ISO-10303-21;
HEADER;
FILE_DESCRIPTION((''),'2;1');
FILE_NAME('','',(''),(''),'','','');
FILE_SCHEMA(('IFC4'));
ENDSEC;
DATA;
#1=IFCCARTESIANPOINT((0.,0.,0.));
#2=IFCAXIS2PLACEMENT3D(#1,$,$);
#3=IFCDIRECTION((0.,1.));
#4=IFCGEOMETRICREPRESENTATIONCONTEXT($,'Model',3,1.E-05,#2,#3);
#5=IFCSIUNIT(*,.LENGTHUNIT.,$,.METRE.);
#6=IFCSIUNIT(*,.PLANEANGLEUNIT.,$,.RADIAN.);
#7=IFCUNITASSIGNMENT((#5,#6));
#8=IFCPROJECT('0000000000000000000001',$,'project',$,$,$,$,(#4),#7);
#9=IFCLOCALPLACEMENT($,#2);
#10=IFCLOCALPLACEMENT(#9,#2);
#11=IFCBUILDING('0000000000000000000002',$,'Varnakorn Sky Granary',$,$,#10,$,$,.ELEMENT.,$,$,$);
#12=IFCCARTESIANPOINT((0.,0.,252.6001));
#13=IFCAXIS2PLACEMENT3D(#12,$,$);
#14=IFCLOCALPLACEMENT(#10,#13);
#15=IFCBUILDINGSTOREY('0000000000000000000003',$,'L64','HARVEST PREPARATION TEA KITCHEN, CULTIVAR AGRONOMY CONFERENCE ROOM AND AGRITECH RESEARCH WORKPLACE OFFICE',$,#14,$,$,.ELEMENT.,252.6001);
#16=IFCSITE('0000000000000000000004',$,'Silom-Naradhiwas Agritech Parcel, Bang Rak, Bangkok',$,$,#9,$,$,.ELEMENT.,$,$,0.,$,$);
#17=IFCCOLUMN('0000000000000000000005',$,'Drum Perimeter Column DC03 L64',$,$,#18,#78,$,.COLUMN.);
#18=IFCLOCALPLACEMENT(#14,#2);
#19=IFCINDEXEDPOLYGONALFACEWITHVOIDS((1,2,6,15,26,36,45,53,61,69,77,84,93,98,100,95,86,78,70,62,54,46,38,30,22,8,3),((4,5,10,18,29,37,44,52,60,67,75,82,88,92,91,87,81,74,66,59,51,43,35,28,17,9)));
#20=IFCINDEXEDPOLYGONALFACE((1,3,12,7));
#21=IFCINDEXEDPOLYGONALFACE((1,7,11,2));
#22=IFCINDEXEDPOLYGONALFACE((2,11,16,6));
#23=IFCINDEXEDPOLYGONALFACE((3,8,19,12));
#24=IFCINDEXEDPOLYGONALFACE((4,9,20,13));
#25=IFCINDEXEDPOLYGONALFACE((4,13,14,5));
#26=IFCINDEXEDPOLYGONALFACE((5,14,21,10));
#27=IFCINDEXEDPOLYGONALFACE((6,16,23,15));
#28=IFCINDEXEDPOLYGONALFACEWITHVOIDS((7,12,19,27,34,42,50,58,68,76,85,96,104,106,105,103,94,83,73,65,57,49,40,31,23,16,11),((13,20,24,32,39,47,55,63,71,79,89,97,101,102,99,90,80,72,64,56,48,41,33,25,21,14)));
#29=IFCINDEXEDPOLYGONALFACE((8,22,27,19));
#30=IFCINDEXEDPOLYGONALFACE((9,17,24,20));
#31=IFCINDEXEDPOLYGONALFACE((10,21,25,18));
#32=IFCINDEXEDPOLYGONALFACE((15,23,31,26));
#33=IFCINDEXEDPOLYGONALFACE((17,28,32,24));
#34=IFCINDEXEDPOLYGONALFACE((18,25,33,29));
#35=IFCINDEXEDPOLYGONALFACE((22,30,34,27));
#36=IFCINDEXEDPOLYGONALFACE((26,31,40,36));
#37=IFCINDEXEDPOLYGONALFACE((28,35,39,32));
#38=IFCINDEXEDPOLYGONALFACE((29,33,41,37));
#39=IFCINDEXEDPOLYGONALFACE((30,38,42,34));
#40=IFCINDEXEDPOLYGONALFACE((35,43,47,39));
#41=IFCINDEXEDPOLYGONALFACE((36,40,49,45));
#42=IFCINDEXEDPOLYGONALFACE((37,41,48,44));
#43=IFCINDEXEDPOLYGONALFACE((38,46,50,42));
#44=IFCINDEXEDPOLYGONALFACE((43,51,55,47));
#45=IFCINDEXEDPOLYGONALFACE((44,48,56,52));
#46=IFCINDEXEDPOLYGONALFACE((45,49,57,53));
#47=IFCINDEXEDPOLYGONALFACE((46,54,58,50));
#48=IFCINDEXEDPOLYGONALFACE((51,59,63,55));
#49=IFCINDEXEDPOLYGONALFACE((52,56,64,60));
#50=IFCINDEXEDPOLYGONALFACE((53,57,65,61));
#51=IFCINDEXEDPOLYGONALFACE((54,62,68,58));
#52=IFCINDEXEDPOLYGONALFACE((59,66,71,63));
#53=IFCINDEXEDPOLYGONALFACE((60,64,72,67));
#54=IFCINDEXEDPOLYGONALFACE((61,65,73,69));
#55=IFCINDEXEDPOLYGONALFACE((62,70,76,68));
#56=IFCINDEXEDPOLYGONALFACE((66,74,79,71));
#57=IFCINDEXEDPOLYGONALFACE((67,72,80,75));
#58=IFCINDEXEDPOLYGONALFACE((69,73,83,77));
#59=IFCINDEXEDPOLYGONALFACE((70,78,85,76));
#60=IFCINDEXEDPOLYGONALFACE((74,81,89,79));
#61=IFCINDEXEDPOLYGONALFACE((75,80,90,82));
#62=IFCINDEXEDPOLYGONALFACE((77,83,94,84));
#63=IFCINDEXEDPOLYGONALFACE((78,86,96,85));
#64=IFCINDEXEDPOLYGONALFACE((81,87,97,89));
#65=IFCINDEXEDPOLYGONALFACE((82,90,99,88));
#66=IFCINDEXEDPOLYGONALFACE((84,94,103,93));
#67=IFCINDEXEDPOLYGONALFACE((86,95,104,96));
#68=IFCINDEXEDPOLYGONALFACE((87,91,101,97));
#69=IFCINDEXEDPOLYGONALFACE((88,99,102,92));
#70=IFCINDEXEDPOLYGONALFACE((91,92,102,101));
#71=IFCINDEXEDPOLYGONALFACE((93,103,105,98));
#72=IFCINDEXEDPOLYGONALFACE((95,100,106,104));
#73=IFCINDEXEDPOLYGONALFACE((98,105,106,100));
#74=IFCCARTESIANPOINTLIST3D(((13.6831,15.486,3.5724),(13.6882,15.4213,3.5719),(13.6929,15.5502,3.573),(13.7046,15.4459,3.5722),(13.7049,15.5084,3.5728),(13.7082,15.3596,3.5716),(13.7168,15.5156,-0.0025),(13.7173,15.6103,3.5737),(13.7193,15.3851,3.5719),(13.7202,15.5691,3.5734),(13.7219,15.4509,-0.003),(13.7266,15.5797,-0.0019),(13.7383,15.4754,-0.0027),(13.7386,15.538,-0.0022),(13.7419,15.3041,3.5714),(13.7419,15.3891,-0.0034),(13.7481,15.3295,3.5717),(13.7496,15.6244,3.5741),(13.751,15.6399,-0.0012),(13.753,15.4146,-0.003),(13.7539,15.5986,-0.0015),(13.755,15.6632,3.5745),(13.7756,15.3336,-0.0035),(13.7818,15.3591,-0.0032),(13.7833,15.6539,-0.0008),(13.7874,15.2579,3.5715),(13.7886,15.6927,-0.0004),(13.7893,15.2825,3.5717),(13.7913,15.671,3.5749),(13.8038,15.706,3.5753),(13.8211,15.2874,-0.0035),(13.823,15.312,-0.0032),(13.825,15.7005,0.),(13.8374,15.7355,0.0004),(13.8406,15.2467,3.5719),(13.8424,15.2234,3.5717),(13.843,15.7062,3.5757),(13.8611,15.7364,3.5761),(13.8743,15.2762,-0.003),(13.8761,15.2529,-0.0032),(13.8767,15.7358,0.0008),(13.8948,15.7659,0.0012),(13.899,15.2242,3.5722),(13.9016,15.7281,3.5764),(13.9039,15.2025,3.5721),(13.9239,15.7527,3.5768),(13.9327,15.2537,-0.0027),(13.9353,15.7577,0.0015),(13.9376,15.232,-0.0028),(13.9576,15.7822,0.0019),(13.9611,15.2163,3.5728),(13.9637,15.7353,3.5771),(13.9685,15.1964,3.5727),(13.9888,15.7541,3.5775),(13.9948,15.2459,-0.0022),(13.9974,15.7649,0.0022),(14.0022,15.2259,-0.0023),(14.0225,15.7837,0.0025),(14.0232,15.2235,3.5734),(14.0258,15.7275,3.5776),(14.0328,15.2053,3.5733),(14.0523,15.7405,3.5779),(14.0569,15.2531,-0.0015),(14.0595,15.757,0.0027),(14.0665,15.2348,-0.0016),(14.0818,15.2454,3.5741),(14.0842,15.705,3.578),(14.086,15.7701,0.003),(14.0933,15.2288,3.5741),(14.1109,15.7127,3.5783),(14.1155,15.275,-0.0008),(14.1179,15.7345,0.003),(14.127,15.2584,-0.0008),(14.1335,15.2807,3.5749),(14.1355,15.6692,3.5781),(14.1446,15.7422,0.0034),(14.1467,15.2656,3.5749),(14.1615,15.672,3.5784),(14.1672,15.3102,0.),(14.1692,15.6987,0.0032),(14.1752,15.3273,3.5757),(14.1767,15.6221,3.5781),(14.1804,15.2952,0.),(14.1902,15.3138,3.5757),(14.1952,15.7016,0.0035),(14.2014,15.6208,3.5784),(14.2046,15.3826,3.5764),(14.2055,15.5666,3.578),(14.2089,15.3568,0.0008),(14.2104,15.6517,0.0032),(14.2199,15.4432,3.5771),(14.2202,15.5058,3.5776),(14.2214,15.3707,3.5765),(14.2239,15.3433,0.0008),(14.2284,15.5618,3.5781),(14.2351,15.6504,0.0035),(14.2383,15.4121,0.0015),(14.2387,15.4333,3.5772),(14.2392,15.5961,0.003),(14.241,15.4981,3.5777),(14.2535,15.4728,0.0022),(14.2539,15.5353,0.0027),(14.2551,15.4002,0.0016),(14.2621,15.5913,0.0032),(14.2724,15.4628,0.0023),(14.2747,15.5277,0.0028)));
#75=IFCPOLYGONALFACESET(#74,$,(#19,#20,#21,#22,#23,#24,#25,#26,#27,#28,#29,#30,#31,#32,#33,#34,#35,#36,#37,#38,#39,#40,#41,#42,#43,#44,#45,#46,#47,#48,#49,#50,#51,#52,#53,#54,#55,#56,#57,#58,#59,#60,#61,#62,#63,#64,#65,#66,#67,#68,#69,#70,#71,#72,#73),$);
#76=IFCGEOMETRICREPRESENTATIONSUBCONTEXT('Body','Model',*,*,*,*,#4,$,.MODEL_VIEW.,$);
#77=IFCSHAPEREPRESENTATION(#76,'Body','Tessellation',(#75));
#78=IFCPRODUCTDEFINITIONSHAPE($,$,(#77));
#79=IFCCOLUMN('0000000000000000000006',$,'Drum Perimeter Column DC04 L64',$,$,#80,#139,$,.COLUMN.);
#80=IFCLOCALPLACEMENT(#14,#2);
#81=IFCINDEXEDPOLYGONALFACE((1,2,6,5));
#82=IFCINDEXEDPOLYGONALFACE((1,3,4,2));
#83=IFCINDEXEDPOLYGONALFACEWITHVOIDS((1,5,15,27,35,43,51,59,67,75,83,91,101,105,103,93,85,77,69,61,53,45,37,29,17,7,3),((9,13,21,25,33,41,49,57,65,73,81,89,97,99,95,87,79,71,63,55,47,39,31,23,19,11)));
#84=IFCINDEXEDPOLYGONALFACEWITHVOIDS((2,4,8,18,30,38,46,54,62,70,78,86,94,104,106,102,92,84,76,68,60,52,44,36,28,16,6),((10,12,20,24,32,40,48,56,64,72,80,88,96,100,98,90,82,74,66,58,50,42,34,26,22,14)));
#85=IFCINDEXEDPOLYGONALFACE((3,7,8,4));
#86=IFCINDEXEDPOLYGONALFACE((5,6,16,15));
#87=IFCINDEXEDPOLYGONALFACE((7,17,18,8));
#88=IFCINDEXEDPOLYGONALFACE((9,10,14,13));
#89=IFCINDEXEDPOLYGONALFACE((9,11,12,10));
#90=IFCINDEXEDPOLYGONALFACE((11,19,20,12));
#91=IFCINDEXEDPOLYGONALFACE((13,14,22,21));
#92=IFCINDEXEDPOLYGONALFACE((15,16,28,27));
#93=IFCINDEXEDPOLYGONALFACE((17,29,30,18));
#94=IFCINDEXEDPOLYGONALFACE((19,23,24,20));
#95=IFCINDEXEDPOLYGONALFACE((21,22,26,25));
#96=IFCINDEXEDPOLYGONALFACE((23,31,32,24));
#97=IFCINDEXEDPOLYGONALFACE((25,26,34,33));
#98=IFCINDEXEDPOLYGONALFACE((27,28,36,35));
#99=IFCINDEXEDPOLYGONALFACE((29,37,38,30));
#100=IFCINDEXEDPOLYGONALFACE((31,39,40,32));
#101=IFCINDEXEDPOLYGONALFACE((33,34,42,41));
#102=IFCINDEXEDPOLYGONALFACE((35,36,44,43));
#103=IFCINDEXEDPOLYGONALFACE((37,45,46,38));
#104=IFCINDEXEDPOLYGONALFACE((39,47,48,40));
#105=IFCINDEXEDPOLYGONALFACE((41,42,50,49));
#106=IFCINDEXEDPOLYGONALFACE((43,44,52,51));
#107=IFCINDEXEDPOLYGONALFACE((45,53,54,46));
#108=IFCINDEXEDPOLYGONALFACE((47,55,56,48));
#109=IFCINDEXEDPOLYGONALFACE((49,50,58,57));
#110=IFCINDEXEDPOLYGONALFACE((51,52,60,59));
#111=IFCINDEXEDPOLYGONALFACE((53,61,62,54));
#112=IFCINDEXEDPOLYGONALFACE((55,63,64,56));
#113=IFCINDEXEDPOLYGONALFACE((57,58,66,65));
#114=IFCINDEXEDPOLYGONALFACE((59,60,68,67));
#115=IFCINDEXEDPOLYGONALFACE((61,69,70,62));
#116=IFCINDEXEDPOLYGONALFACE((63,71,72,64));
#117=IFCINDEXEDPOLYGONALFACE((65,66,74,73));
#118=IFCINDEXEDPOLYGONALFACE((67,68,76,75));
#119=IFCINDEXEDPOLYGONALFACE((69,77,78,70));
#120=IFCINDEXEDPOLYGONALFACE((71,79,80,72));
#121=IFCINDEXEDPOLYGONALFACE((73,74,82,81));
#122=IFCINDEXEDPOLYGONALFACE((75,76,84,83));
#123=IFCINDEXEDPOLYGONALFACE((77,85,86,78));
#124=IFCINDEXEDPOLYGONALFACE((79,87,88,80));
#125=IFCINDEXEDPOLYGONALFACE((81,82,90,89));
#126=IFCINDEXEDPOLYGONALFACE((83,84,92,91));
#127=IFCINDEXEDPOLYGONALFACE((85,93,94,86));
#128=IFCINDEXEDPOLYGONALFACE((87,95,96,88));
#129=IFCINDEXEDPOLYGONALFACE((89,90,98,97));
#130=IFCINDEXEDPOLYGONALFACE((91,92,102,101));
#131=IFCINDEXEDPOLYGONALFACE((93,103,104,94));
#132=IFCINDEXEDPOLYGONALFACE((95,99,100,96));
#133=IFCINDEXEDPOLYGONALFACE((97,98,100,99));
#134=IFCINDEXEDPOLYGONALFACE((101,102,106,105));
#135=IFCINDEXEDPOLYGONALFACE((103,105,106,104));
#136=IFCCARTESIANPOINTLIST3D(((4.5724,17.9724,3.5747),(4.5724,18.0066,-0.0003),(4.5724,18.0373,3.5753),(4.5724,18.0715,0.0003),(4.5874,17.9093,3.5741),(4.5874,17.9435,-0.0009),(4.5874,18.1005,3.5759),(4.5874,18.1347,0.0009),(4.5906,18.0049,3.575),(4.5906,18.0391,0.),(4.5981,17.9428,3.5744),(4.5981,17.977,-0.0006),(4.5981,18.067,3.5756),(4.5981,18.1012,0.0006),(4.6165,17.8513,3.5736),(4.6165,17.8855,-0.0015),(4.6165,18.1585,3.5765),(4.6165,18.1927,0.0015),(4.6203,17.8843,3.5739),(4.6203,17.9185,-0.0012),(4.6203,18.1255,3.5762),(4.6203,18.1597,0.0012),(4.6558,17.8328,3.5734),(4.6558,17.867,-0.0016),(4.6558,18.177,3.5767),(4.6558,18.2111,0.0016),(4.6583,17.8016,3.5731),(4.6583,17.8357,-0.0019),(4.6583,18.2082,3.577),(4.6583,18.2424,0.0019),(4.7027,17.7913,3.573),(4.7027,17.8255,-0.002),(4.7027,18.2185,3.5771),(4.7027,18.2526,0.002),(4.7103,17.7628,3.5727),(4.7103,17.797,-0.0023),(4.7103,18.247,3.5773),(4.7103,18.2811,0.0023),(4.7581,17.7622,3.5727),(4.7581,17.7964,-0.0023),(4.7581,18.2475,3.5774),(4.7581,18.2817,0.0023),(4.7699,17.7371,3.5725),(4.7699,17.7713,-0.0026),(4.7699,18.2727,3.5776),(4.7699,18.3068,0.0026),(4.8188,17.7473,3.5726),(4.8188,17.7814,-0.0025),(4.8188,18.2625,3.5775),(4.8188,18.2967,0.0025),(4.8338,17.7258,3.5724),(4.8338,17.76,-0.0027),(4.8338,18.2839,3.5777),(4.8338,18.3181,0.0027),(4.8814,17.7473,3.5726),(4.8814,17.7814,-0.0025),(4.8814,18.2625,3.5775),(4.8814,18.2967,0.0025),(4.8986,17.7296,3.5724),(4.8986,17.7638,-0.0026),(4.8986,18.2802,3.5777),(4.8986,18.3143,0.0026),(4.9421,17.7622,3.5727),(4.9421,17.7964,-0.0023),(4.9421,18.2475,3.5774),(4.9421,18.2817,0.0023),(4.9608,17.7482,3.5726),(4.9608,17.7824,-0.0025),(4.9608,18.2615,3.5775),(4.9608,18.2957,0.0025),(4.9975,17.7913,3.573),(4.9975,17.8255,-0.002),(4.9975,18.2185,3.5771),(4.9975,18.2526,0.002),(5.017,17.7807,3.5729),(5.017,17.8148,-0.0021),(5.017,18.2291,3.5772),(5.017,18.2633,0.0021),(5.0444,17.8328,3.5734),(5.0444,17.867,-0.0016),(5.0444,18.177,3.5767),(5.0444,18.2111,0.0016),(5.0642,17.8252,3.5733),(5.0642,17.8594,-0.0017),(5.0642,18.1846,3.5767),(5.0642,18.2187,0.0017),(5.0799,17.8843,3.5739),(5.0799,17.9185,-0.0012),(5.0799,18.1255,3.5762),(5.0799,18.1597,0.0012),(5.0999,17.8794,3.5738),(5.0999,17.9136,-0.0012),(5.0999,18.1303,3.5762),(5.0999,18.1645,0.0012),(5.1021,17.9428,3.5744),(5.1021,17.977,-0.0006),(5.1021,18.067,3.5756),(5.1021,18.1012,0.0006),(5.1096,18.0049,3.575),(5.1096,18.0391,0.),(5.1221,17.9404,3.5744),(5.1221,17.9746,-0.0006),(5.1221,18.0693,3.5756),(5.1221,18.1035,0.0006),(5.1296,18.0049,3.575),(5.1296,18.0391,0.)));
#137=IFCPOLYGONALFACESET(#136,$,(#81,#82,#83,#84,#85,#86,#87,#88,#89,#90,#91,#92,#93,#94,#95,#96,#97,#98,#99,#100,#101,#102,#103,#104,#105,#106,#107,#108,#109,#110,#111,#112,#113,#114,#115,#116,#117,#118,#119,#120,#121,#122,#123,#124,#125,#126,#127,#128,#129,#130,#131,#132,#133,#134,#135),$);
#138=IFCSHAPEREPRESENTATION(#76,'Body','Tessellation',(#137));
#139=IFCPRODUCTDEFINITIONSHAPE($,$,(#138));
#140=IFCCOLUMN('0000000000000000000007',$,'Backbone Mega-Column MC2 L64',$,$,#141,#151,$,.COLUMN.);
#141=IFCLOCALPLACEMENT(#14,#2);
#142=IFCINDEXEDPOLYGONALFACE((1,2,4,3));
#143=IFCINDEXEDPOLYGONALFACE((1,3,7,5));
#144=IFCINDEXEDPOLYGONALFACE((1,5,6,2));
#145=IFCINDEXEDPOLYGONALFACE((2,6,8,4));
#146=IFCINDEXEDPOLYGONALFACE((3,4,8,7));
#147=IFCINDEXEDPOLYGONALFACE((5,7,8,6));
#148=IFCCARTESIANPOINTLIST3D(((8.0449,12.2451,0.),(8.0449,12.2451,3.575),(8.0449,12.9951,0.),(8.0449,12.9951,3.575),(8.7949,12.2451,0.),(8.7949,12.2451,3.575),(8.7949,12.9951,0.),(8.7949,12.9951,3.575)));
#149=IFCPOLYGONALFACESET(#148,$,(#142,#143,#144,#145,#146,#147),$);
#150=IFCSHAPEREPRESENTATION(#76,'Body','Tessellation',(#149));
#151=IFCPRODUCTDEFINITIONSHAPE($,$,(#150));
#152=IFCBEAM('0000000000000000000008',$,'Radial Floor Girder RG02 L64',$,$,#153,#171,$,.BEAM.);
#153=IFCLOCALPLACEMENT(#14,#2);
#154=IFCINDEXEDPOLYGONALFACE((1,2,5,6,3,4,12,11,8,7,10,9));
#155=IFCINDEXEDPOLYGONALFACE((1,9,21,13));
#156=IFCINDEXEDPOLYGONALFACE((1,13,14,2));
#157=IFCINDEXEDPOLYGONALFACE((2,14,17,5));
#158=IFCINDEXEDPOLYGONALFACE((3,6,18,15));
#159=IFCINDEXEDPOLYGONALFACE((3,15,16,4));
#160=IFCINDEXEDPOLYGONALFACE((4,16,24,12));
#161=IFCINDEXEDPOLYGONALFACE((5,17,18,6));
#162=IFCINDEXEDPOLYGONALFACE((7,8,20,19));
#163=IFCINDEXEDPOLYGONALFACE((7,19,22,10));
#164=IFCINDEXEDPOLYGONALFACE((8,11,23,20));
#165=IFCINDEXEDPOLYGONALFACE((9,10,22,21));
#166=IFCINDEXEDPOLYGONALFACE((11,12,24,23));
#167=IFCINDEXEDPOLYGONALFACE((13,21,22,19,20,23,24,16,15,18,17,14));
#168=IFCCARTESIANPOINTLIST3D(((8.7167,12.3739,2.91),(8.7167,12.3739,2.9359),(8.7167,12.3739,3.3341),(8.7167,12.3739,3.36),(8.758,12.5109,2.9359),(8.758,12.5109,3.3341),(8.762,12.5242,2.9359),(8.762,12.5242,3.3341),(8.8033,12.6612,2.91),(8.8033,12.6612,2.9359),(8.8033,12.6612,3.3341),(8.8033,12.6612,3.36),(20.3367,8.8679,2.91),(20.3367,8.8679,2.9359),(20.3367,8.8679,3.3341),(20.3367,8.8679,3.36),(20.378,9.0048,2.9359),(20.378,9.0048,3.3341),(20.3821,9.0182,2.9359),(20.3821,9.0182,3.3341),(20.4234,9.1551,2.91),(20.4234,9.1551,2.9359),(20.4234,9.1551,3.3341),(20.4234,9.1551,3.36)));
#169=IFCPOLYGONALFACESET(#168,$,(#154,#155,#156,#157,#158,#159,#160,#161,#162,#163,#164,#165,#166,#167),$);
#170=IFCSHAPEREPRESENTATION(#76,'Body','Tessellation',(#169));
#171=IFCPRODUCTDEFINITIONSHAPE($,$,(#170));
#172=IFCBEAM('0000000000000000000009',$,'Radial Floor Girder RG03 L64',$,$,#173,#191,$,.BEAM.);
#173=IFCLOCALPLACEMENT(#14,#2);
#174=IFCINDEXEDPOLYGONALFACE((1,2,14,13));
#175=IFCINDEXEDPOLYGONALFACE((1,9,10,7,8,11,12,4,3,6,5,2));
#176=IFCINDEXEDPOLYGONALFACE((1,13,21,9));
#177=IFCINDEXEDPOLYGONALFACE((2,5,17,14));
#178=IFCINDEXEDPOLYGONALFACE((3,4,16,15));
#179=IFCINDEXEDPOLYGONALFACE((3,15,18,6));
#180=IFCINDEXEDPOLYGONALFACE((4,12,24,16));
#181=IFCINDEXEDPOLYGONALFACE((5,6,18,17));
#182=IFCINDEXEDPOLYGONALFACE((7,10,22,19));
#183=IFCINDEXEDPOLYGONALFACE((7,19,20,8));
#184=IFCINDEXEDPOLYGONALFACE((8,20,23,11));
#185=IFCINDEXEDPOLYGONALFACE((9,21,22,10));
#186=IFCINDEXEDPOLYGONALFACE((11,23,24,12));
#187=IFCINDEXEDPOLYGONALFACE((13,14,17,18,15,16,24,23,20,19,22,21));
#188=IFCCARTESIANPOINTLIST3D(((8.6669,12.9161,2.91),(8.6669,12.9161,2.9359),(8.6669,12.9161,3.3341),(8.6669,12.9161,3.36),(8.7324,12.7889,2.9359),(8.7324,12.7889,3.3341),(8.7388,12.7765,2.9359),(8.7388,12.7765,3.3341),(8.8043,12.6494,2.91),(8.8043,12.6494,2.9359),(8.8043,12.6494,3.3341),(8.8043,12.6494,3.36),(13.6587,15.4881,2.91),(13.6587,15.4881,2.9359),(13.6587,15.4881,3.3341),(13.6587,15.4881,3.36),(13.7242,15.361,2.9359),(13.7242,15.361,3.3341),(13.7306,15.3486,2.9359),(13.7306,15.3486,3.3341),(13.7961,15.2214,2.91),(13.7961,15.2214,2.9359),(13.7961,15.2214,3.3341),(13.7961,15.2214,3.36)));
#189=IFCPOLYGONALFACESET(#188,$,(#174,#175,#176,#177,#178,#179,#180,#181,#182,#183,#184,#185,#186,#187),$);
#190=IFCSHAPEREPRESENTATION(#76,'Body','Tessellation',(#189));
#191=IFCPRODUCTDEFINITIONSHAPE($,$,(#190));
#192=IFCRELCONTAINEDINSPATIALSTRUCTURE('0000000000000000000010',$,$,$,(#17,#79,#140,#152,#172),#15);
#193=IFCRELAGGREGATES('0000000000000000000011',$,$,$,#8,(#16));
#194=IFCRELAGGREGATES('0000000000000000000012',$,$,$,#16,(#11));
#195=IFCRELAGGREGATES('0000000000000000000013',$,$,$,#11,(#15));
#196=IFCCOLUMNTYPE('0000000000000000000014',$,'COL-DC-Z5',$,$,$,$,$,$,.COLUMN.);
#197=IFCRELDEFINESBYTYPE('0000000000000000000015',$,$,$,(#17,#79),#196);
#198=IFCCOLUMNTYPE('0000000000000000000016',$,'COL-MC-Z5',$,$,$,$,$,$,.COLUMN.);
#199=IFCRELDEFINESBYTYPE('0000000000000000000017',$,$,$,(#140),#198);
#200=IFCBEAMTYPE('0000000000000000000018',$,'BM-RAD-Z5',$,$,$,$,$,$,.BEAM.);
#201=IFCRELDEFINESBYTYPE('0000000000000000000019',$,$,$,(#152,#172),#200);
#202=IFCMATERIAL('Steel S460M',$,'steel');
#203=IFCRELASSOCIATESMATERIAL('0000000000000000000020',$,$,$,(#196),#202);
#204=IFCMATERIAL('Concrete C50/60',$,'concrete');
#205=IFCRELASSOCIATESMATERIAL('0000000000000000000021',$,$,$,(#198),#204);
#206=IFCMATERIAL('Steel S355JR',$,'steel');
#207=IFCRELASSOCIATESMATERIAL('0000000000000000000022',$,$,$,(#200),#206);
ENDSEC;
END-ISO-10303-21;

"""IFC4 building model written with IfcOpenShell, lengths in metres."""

from ifc_helpers import new_model, si_unit, direction, frame, origin, origin_2d, place, context, subcontext, project, spatial, rectangle, hollow_circle, i_section, extrude, material, material_profile, profile_set, type_object, element, save


model = new_model("IFC4")

# Units and contexts
model_context = context("Model", 3, precision=1e-05, world=origin(), true_north=direction((0.0, 1.0)))
body_context = subcontext(model_context, "Body", "Model", "MODEL_VIEW")
ifc_project = project(units=[si_unit("LENGTHUNIT", "METRE"), si_unit("PLANEANGLEUNIT", "RADIAN")], contexts=[model_context])

# Site, building, storey
site_placement = place(None, origin())
site = spatial("IfcSite", under=ifc_project, at=site_placement, Name="Silom-Naradhiwas Agritech Parcel, Bang Rak, Bangkok", CompositionType="ELEMENT", RefElevation=0.0)
building_placement = place(site_placement, origin())
building = spatial("IfcBuilding", under=site, at=building_placement, Name="Varnakorn Sky Granary", CompositionType="ELEMENT")
storey_placement = place(building_placement, frame((0.0, 0.0, 252.6001)))
storey = spatial("IfcBuildingStorey", under=building, at=storey_placement, Name="L64", Description="HARVEST PREPARATION TEA KITCHEN, CULTIVAR AGRONOMY CONFERENCE ROOM AND AGRITECH RESEARCH WORKPLACE OFFICE", CompositionType="ELEMENT", Elevation=252.6001)

# Columns
ifc_material_1 = material(Name="Steel S460M", Category="steel")
ifc_material_profile_1 = material_profile(ifc_material_1, hollow_circle(Radius=0.2795, WallThickness=0.02, at=origin_2d()), Name="CHS 559x20")
ifc_profile_set_1 = profile_set([ifc_material_profile_1], Name="Steel S460M")
column_type_1 = type_object("IfcColumnType", Name="COL-DC-Z5", PredefinedType="COLUMN", material=ifc_profile_set_1)
for number, where, z_axis, x_axis, name in (
    (1, (13.9961, 15.5054, 0.0), (-0.009424, -0.008263, 0.999921), (0.659276, -0.751901, 0.0), "Drum Perimeter Column DC03 L64"),
    (2, (4.8501, 18.0391, 0.0), (0.0, -0.00956, 0.999954), (1.0, 0.0, 0.0), "Drum Perimeter Column DC04 L64"),
):
    element("IfcColumn", number, at=place(storey_placement, frame(where, z_axis=z_axis, x_axis=x_axis)), inside=storey, type_object=column_type_1, Name=name, PredefinedType="COLUMN", context=body_context, shape_type="SweptSolid", body=[
        extrude(hollow_circle(Radius=0.2795, WallThickness=0.02, at=origin_2d()), origin(), (0.0, 0.0, 1.0), 3.5752),
    ])
ifc_material_2 = material(Name="Concrete C50/60", Category="concrete")
ifc_material_profile_2 = material_profile(ifc_material_2, rectangle(XDim=0.75, YDim=0.75, at=origin_2d()), Name="RC 750x750")
ifc_profile_set_2 = profile_set([ifc_material_profile_2], Name="Concrete C50/60")
column_type_2 = type_object("IfcColumnType", Name="COL-MC-Z5", PredefinedType="COLUMN", material=ifc_profile_set_2)
column_placement = place(storey_placement, frame((8.4199, 12.6201, 0.0), z_axis=(0.0, 0.0, 1.0), x_axis=(1.0, 0.0, 0.0)))
element("IfcColumn", 3, at=column_placement, inside=storey, type_object=column_type_2, Name="Backbone Mega-Column MC2 L64", PredefinedType="COLUMN", context=body_context, shape_type="SweptSolid", body=[
    extrude(rectangle(XDim=0.75, YDim=0.75, at=origin_2d()), origin(), (0.0, 0.0, 1.0), 3.575),
])

# Beams
ifc_material_3 = material(Name="Steel S355JR", Category="steel")
ifc_material_profile_3 = material_profile(ifc_material_3, i_section(OverallWidth=0.3, OverallDepth=0.45, WebThickness=0.0139, FlangeThickness=0.0259, at=origin_2d()), Name="HE 450 B")
ifc_profile_set_3 = profile_set([ifc_material_profile_3], Name="Steel S355JR")
beam_type_1 = type_object("IfcBeamType", Name="BM-RAD-Z5", PredefinedType="BEAM", material=ifc_profile_set_3)
beam_1_placement = place(storey_placement, frame((8.76, 12.5176, 3.135), z_axis=(0.95737, -0.288864, 0.0), x_axis=(0.288864, 0.95737, 0.0)))
element("IfcBeam", 4, at=beam_1_placement, inside=storey, type_object=beam_type_1, Name="Radial Floor Girder RG02 L64", PredefinedType="BEAM", context=body_context, shape_type="SweptSolid", body=[
    extrude(i_section(OverallWidth=0.3, OverallDepth=0.45, WebThickness=0.0139, FlangeThickness=0.0259, at=origin_2d()), origin(), (0.0, 0.0, 1.0), 12.1375),
])
beam_2_placement = place(storey_placement, frame((8.7356, 12.7827, 3.135), z_axis=(0.888935, 0.458033, 0.0), x_axis=(-0.458033, 0.888935, 0.0)))
element("IfcBeam", 5, at=beam_2_placement, inside=storey, type_object=beam_type_1, Name="Radial Floor Girder RG03 L64", PredefinedType="BEAM", context=body_context, shape_type="SweptSolid", body=[
    extrude(i_section(OverallWidth=0.3, OverallDepth=0.45, WebThickness=0.0139, FlangeThickness=0.0259, at=origin_2d()), origin(), (0.0, 0.0, 1.0), 5.6155),
])

save(model, "model.ifc")
